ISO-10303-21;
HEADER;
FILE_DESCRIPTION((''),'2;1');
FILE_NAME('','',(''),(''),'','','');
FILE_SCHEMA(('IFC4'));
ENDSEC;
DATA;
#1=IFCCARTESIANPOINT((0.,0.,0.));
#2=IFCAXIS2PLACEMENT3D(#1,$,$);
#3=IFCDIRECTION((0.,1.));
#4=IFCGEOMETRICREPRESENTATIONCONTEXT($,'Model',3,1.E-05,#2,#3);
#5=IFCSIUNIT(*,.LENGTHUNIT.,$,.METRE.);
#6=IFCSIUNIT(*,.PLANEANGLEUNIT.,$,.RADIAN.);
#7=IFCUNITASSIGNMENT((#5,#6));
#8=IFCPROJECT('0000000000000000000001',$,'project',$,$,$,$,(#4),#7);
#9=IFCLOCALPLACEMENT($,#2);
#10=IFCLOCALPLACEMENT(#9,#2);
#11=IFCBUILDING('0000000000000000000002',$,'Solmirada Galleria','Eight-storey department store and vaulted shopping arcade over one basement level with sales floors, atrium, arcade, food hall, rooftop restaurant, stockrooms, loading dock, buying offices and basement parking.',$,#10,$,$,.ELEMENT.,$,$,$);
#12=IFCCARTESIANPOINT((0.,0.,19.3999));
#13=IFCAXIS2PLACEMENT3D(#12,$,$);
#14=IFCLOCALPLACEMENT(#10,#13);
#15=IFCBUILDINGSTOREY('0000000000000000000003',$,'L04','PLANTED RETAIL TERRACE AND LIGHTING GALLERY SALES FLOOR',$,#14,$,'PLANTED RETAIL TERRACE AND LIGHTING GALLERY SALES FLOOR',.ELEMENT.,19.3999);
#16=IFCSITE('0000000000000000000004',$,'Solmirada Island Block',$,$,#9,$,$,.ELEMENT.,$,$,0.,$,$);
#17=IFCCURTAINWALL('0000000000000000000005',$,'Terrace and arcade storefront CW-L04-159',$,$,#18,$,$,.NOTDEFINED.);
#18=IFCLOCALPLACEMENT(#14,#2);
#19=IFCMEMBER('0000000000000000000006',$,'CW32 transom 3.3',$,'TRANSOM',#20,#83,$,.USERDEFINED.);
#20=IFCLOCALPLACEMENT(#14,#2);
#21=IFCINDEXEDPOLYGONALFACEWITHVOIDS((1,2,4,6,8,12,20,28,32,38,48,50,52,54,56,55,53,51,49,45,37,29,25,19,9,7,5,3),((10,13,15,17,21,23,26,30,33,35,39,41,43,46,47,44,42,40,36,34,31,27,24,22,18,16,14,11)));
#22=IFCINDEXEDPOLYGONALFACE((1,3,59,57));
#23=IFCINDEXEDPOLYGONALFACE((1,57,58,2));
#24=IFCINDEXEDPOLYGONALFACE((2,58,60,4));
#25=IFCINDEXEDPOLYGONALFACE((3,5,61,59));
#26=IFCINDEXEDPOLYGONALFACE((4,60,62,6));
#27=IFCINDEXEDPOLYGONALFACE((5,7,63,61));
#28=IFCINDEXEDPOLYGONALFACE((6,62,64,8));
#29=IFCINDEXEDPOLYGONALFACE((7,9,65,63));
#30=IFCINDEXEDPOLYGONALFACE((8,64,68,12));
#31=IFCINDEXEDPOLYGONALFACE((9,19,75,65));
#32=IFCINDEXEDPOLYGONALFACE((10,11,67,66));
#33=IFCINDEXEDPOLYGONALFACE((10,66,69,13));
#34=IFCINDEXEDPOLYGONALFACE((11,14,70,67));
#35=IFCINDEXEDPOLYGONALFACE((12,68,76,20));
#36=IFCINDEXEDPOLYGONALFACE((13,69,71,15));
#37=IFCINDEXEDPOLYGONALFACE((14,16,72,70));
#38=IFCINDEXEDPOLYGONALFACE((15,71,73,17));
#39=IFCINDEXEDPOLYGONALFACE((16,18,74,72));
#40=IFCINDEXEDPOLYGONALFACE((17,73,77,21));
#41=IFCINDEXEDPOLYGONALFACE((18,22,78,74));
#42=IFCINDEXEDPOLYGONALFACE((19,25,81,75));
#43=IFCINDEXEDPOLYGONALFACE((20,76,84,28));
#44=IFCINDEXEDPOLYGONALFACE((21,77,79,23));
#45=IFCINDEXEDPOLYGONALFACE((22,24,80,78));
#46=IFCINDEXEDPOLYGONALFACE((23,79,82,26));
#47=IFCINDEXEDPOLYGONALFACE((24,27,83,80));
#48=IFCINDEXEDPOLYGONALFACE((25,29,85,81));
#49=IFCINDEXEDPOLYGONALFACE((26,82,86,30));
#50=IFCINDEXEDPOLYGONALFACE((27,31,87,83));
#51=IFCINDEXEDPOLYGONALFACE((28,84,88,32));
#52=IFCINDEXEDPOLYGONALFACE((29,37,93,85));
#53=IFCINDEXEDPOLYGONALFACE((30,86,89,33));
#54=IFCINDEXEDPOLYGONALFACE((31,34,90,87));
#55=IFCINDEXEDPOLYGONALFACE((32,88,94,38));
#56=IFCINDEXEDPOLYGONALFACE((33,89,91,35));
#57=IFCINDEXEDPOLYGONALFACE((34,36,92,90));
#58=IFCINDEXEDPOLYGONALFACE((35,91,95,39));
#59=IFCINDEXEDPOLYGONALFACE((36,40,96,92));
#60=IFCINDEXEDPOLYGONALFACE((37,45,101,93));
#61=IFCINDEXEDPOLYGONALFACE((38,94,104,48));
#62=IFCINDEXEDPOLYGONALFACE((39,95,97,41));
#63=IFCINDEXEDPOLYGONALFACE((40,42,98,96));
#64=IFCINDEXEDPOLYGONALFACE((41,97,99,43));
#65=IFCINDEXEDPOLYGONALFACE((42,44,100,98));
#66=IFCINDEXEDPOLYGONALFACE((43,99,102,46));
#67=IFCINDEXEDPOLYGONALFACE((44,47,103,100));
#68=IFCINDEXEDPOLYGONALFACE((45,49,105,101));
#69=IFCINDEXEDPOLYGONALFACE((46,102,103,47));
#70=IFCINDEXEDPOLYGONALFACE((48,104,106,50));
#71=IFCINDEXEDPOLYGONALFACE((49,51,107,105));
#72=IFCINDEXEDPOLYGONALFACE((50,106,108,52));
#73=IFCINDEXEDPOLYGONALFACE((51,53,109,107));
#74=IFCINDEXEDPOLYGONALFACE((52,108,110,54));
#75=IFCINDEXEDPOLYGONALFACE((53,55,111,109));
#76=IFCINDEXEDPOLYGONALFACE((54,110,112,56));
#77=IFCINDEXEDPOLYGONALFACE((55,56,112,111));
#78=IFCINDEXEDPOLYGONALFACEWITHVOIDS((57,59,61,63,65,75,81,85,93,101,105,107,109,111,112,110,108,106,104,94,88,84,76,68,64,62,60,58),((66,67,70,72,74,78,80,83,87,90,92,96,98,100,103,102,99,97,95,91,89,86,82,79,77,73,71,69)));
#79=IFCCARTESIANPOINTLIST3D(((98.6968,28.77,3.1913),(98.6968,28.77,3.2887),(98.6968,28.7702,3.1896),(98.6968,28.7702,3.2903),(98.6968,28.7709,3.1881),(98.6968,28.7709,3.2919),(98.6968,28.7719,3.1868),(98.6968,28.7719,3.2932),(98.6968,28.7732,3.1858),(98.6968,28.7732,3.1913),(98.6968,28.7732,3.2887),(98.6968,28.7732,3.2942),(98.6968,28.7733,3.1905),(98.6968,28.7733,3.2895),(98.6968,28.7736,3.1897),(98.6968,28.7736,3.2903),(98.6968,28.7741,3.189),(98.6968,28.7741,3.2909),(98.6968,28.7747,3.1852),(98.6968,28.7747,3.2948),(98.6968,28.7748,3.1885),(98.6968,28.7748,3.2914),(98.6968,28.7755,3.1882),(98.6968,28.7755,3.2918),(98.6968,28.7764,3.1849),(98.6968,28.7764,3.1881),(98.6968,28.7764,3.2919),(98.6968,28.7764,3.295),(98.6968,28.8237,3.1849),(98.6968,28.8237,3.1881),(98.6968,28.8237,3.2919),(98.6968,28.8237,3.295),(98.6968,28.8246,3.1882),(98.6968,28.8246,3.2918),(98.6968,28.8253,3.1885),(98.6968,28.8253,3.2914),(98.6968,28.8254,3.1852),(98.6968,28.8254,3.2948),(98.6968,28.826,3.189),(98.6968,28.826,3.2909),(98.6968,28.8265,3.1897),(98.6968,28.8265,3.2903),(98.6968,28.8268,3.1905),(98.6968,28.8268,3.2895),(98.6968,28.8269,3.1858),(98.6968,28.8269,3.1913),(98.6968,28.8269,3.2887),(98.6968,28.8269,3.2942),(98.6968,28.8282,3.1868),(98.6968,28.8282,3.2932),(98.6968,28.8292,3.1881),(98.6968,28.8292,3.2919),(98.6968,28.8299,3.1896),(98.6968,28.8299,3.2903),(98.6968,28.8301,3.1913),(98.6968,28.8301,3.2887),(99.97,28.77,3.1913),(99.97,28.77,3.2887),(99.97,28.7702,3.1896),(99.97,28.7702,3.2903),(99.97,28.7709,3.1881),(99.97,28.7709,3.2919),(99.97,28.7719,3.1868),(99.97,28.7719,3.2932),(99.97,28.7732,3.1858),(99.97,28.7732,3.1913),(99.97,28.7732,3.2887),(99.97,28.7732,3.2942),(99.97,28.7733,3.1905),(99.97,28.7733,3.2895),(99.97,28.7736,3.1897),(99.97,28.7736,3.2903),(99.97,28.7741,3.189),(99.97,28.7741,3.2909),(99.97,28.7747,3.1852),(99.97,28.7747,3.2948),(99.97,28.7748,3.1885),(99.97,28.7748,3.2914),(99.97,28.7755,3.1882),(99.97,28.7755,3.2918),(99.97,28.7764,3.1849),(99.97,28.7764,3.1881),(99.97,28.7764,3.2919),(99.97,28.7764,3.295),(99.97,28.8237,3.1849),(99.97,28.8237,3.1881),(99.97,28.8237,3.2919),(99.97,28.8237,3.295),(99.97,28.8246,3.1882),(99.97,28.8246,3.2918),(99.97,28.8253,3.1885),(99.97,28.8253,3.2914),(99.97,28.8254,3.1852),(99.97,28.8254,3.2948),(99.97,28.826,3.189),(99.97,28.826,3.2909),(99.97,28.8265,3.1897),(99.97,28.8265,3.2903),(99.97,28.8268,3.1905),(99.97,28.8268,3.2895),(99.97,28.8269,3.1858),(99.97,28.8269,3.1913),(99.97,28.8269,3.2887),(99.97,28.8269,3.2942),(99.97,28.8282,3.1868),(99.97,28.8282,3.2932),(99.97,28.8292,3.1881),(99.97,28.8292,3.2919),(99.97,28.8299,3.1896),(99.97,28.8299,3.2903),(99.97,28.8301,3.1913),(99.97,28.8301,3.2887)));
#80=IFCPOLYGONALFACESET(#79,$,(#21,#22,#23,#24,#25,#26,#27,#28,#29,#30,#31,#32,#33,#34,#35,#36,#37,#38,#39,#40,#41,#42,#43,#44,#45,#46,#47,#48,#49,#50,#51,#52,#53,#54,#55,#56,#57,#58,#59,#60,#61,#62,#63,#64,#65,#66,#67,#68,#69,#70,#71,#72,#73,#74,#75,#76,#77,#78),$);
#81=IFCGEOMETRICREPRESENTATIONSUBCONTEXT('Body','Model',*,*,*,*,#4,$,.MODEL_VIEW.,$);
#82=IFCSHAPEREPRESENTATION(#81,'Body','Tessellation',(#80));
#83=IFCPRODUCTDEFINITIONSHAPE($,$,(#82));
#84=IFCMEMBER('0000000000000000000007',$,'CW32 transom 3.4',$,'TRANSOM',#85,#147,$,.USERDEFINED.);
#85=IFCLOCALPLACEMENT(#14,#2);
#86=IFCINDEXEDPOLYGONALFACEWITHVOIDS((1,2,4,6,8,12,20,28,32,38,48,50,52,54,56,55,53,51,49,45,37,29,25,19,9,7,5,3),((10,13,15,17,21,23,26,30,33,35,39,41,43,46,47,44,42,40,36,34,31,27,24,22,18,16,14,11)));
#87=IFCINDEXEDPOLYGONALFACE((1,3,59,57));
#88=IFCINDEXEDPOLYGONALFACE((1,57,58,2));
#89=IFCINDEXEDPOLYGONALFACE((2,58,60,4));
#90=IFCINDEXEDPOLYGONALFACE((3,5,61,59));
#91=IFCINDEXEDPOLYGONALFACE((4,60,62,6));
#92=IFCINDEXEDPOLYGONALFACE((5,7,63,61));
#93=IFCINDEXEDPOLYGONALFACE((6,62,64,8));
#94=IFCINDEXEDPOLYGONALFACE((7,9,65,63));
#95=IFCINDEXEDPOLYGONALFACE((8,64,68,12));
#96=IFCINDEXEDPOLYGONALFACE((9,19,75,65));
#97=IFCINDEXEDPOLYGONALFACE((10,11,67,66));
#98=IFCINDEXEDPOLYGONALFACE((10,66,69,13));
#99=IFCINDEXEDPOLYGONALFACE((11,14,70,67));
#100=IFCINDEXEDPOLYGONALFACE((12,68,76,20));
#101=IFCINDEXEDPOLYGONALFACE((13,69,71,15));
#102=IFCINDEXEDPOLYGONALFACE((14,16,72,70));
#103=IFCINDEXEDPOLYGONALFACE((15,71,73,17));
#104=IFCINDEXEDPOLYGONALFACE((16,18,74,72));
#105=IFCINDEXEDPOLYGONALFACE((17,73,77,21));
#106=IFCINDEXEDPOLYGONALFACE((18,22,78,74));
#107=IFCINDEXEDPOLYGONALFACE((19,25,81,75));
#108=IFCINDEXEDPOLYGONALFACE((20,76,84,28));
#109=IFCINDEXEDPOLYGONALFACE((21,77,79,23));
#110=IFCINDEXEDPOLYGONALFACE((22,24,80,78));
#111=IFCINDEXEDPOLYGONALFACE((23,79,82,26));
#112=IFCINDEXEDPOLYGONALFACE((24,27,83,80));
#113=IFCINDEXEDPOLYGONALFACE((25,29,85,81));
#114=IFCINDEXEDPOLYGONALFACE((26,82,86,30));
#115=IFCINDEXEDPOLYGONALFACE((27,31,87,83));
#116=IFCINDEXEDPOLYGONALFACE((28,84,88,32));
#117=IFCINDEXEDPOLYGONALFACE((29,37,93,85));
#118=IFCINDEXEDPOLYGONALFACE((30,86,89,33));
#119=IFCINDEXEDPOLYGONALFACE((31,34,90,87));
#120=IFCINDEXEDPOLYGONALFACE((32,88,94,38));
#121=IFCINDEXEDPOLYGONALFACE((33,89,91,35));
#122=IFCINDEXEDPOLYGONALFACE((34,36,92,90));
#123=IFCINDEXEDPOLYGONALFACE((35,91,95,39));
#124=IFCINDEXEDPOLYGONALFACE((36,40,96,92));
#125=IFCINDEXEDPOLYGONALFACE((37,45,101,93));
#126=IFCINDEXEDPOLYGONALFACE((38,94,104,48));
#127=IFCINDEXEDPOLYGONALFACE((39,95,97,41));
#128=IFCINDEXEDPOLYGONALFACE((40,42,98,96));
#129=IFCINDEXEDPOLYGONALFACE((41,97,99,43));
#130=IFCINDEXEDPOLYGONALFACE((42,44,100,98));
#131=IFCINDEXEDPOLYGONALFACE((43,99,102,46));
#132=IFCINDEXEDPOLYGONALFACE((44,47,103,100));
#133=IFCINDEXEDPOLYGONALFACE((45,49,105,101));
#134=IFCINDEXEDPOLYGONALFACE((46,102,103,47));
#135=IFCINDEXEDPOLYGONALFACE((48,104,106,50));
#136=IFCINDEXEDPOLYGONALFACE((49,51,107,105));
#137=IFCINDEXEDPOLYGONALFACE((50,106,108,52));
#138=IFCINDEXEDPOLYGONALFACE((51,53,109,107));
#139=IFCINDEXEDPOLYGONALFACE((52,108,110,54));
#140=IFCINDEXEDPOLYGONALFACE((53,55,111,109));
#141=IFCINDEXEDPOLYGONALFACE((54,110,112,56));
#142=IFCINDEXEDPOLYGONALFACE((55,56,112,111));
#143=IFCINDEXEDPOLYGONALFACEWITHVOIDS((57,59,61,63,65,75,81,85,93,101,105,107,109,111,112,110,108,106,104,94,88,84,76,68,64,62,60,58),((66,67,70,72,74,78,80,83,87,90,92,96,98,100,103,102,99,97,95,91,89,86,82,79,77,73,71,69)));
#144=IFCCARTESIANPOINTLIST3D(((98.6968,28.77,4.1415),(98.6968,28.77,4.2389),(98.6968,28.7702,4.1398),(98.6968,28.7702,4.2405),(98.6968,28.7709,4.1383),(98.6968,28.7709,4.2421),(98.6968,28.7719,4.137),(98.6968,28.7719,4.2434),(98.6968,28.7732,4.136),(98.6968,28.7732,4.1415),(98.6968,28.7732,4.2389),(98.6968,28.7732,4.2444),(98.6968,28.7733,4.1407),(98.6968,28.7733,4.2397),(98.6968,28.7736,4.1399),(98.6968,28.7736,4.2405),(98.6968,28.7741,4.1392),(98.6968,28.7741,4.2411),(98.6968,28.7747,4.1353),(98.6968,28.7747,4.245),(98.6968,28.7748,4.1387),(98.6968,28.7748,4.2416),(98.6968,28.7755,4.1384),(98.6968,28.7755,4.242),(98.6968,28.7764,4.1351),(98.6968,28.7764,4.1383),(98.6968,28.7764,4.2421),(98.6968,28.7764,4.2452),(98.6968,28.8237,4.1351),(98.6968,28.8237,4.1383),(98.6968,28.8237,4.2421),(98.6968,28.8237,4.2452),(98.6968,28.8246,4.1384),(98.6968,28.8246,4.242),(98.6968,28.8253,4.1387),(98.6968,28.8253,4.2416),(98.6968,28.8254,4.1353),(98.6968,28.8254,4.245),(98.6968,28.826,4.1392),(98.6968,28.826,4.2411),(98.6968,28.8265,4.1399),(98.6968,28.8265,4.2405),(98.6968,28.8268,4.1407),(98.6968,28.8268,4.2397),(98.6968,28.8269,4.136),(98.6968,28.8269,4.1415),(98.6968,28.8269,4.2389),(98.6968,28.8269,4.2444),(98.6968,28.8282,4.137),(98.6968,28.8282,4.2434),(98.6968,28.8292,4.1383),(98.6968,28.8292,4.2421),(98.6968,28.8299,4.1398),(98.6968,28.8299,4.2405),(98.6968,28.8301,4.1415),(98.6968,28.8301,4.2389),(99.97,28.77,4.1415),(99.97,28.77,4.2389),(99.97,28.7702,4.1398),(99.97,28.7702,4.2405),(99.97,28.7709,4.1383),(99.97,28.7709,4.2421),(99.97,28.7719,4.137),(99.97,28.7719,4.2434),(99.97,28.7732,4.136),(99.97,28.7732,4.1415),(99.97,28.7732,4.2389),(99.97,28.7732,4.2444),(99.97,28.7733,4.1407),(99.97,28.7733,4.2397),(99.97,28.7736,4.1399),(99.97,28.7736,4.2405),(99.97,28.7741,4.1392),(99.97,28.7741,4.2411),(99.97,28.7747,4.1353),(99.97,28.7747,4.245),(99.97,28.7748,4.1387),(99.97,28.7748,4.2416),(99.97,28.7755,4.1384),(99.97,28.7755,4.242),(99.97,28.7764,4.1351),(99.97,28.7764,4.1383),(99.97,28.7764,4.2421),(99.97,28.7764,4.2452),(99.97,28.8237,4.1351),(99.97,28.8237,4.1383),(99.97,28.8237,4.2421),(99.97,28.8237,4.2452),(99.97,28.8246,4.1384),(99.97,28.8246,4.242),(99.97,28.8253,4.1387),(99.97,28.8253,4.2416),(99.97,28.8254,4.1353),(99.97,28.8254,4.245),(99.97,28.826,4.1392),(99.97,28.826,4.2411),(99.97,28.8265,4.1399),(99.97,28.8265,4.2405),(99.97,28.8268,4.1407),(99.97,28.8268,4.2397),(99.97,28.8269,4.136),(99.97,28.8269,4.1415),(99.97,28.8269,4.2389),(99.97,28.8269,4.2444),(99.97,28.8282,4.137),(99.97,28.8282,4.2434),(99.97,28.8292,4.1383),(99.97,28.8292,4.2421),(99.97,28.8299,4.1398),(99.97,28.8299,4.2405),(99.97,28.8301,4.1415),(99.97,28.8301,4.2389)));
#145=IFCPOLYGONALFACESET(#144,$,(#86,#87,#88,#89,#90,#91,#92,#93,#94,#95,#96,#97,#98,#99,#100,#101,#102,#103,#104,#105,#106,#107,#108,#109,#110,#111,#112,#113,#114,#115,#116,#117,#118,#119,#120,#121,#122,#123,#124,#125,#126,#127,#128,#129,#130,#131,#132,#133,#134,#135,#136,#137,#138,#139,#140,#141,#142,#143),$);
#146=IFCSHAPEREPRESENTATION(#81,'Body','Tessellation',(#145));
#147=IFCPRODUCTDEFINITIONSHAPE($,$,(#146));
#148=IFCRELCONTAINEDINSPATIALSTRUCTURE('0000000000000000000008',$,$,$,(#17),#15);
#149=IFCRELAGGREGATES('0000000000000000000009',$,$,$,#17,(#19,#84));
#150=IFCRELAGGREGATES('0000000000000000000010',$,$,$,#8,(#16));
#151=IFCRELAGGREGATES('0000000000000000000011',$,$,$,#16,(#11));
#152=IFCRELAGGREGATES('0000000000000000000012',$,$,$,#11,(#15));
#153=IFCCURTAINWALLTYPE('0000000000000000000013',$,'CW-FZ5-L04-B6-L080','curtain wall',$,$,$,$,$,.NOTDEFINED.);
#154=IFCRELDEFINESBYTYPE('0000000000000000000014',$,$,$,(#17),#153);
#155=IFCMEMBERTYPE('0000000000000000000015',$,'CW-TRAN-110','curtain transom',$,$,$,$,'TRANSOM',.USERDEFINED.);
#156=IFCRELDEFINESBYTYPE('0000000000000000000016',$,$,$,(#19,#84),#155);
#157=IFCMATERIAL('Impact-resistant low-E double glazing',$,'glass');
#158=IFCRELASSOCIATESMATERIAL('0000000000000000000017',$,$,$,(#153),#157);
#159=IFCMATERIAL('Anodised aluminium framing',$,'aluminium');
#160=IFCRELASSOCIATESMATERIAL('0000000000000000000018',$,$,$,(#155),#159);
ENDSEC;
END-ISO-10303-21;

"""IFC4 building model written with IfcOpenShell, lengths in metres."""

from ifc_helpers import new_model, si_unit, direction, frame, origin, origin_2d, place, context, subcontext, project, spatial, hollow_rectangle, extrude, material, material_profile, profile_set, type_object, element, aggregate, save


model = new_model("IFC4")

# Units and contexts
model_context = context("Model", 3, precision=1e-05, world=origin(), true_north=direction((0.0, 1.0)))
body_context = subcontext(model_context, "Body", "Model", "MODEL_VIEW")
ifc_project = project(units=[si_unit("LENGTHUNIT", "METRE"), si_unit("PLANEANGLEUNIT", "RADIAN")], contexts=[model_context])

# Site, building, storey
site_placement = place(None, origin())
site = spatial("IfcSite", under=ifc_project, at=site_placement, Name="Solmirada Island Block", CompositionType="ELEMENT", RefElevation=0.0)
building_placement = place(site_placement, origin())
building = spatial("IfcBuilding", under=site, at=building_placement, Name="Solmirada Galleria", Description="Eight-storey department store and vaulted shopping arcade over one basement level with sales floors, atrium, arcade, food hall, rooftop restaurant, stockrooms, loading dock, buying offices and basement parking.", CompositionType="ELEMENT")
storey_placement = place(building_placement, frame((0.0, 0.0, 19.3999)))
storey = spatial("IfcBuildingStorey", under=building, at=storey_placement, Name="L04", Description="PLANTED RETAIL TERRACE AND LIGHTING GALLERY SALES FLOOR", LongName="PLANTED RETAIL TERRACE AND LIGHTING GALLERY SALES FLOOR", CompositionType="ELEMENT", Elevation=19.3999)

# Curtain wall, members
ifc_material_1 = material(Name="Impact-resistant low-E double glazing", Category="glass")
curtain_wall_type = type_object("IfcCurtainWallType", Name="CW-FZ5-L04-B6-L080", Description="curtain wall", PredefinedType="NOTDEFINED", material=ifc_material_1)
curtain_wall_placement = place(storey_placement, origin())
curtain_wall = element("IfcCurtainWall", 1, at=curtain_wall_placement, inside=storey, type_object=curtain_wall_type, Name="Terrace and arcade storefront CW-L04-159", PredefinedType="NOTDEFINED")
ifc_material_2 = material(Name="Anodised aluminium framing", Category="aluminium")
ifc_material_profile_1 = material_profile(ifc_material_2, hollow_rectangle(XDim=0.0601, YDim=0.1101, WallThickness=0.0032, InnerFilletRadius=0.0032, OuterFilletRadius=0.0063, at=origin_2d()), Name="ALU-TRAN-110X60")
ifc_profile_set_1 = profile_set([ifc_material_profile_1], Name="Anodised aluminium framing")
member_type_1 = type_object("IfcMemberType", Name="CW-TRAN-110", Description="curtain transom", ElementType="TRANSOM", PredefinedType="USERDEFINED", material=ifc_profile_set_1)
member_1_placement = place(storey_placement, frame((98.6968, 28.8, 3.24), z_axis=(1.0, 0.0, 0.0), x_axis=(0.0, 1.0, 0.0)))
member_1 = element("IfcMember", 2, at=member_1_placement, type_object=member_type_1, Name="CW32 transom 3.3", ObjectType="TRANSOM", PredefinedType="USERDEFINED", context=body_context, shape_type="SweptSolid", body=[
    extrude(hollow_rectangle(XDim=0.0601, YDim=0.1101, WallThickness=0.0032, InnerFilletRadius=0.0032, OuterFilletRadius=0.0063, at=origin_2d()), origin(), (0.0, 0.0, 1.0), 1.2732),
])
member_2_placement = place(storey_placement, frame((98.6968, 28.8, 4.1902), z_axis=(1.0, 0.0, 0.0), x_axis=(0.0, 1.0, 0.0)))
member_2 = element("IfcMember", 3, at=member_2_placement, type_object=member_type_1, Name="CW32 transom 3.4", ObjectType="TRANSOM", PredefinedType="USERDEFINED", context=body_context, shape_type="SweptSolid", body=[
    extrude(hollow_rectangle(XDim=0.0601, YDim=0.1101, WallThickness=0.0032, InnerFilletRadius=0.0032, OuterFilletRadius=0.0063, at=origin_2d()), origin(), (0.0, 0.0, 1.0), 1.2732),
])
aggregate(curtain_wall, [member_1, member_2])

save(model, "model.ifc")
